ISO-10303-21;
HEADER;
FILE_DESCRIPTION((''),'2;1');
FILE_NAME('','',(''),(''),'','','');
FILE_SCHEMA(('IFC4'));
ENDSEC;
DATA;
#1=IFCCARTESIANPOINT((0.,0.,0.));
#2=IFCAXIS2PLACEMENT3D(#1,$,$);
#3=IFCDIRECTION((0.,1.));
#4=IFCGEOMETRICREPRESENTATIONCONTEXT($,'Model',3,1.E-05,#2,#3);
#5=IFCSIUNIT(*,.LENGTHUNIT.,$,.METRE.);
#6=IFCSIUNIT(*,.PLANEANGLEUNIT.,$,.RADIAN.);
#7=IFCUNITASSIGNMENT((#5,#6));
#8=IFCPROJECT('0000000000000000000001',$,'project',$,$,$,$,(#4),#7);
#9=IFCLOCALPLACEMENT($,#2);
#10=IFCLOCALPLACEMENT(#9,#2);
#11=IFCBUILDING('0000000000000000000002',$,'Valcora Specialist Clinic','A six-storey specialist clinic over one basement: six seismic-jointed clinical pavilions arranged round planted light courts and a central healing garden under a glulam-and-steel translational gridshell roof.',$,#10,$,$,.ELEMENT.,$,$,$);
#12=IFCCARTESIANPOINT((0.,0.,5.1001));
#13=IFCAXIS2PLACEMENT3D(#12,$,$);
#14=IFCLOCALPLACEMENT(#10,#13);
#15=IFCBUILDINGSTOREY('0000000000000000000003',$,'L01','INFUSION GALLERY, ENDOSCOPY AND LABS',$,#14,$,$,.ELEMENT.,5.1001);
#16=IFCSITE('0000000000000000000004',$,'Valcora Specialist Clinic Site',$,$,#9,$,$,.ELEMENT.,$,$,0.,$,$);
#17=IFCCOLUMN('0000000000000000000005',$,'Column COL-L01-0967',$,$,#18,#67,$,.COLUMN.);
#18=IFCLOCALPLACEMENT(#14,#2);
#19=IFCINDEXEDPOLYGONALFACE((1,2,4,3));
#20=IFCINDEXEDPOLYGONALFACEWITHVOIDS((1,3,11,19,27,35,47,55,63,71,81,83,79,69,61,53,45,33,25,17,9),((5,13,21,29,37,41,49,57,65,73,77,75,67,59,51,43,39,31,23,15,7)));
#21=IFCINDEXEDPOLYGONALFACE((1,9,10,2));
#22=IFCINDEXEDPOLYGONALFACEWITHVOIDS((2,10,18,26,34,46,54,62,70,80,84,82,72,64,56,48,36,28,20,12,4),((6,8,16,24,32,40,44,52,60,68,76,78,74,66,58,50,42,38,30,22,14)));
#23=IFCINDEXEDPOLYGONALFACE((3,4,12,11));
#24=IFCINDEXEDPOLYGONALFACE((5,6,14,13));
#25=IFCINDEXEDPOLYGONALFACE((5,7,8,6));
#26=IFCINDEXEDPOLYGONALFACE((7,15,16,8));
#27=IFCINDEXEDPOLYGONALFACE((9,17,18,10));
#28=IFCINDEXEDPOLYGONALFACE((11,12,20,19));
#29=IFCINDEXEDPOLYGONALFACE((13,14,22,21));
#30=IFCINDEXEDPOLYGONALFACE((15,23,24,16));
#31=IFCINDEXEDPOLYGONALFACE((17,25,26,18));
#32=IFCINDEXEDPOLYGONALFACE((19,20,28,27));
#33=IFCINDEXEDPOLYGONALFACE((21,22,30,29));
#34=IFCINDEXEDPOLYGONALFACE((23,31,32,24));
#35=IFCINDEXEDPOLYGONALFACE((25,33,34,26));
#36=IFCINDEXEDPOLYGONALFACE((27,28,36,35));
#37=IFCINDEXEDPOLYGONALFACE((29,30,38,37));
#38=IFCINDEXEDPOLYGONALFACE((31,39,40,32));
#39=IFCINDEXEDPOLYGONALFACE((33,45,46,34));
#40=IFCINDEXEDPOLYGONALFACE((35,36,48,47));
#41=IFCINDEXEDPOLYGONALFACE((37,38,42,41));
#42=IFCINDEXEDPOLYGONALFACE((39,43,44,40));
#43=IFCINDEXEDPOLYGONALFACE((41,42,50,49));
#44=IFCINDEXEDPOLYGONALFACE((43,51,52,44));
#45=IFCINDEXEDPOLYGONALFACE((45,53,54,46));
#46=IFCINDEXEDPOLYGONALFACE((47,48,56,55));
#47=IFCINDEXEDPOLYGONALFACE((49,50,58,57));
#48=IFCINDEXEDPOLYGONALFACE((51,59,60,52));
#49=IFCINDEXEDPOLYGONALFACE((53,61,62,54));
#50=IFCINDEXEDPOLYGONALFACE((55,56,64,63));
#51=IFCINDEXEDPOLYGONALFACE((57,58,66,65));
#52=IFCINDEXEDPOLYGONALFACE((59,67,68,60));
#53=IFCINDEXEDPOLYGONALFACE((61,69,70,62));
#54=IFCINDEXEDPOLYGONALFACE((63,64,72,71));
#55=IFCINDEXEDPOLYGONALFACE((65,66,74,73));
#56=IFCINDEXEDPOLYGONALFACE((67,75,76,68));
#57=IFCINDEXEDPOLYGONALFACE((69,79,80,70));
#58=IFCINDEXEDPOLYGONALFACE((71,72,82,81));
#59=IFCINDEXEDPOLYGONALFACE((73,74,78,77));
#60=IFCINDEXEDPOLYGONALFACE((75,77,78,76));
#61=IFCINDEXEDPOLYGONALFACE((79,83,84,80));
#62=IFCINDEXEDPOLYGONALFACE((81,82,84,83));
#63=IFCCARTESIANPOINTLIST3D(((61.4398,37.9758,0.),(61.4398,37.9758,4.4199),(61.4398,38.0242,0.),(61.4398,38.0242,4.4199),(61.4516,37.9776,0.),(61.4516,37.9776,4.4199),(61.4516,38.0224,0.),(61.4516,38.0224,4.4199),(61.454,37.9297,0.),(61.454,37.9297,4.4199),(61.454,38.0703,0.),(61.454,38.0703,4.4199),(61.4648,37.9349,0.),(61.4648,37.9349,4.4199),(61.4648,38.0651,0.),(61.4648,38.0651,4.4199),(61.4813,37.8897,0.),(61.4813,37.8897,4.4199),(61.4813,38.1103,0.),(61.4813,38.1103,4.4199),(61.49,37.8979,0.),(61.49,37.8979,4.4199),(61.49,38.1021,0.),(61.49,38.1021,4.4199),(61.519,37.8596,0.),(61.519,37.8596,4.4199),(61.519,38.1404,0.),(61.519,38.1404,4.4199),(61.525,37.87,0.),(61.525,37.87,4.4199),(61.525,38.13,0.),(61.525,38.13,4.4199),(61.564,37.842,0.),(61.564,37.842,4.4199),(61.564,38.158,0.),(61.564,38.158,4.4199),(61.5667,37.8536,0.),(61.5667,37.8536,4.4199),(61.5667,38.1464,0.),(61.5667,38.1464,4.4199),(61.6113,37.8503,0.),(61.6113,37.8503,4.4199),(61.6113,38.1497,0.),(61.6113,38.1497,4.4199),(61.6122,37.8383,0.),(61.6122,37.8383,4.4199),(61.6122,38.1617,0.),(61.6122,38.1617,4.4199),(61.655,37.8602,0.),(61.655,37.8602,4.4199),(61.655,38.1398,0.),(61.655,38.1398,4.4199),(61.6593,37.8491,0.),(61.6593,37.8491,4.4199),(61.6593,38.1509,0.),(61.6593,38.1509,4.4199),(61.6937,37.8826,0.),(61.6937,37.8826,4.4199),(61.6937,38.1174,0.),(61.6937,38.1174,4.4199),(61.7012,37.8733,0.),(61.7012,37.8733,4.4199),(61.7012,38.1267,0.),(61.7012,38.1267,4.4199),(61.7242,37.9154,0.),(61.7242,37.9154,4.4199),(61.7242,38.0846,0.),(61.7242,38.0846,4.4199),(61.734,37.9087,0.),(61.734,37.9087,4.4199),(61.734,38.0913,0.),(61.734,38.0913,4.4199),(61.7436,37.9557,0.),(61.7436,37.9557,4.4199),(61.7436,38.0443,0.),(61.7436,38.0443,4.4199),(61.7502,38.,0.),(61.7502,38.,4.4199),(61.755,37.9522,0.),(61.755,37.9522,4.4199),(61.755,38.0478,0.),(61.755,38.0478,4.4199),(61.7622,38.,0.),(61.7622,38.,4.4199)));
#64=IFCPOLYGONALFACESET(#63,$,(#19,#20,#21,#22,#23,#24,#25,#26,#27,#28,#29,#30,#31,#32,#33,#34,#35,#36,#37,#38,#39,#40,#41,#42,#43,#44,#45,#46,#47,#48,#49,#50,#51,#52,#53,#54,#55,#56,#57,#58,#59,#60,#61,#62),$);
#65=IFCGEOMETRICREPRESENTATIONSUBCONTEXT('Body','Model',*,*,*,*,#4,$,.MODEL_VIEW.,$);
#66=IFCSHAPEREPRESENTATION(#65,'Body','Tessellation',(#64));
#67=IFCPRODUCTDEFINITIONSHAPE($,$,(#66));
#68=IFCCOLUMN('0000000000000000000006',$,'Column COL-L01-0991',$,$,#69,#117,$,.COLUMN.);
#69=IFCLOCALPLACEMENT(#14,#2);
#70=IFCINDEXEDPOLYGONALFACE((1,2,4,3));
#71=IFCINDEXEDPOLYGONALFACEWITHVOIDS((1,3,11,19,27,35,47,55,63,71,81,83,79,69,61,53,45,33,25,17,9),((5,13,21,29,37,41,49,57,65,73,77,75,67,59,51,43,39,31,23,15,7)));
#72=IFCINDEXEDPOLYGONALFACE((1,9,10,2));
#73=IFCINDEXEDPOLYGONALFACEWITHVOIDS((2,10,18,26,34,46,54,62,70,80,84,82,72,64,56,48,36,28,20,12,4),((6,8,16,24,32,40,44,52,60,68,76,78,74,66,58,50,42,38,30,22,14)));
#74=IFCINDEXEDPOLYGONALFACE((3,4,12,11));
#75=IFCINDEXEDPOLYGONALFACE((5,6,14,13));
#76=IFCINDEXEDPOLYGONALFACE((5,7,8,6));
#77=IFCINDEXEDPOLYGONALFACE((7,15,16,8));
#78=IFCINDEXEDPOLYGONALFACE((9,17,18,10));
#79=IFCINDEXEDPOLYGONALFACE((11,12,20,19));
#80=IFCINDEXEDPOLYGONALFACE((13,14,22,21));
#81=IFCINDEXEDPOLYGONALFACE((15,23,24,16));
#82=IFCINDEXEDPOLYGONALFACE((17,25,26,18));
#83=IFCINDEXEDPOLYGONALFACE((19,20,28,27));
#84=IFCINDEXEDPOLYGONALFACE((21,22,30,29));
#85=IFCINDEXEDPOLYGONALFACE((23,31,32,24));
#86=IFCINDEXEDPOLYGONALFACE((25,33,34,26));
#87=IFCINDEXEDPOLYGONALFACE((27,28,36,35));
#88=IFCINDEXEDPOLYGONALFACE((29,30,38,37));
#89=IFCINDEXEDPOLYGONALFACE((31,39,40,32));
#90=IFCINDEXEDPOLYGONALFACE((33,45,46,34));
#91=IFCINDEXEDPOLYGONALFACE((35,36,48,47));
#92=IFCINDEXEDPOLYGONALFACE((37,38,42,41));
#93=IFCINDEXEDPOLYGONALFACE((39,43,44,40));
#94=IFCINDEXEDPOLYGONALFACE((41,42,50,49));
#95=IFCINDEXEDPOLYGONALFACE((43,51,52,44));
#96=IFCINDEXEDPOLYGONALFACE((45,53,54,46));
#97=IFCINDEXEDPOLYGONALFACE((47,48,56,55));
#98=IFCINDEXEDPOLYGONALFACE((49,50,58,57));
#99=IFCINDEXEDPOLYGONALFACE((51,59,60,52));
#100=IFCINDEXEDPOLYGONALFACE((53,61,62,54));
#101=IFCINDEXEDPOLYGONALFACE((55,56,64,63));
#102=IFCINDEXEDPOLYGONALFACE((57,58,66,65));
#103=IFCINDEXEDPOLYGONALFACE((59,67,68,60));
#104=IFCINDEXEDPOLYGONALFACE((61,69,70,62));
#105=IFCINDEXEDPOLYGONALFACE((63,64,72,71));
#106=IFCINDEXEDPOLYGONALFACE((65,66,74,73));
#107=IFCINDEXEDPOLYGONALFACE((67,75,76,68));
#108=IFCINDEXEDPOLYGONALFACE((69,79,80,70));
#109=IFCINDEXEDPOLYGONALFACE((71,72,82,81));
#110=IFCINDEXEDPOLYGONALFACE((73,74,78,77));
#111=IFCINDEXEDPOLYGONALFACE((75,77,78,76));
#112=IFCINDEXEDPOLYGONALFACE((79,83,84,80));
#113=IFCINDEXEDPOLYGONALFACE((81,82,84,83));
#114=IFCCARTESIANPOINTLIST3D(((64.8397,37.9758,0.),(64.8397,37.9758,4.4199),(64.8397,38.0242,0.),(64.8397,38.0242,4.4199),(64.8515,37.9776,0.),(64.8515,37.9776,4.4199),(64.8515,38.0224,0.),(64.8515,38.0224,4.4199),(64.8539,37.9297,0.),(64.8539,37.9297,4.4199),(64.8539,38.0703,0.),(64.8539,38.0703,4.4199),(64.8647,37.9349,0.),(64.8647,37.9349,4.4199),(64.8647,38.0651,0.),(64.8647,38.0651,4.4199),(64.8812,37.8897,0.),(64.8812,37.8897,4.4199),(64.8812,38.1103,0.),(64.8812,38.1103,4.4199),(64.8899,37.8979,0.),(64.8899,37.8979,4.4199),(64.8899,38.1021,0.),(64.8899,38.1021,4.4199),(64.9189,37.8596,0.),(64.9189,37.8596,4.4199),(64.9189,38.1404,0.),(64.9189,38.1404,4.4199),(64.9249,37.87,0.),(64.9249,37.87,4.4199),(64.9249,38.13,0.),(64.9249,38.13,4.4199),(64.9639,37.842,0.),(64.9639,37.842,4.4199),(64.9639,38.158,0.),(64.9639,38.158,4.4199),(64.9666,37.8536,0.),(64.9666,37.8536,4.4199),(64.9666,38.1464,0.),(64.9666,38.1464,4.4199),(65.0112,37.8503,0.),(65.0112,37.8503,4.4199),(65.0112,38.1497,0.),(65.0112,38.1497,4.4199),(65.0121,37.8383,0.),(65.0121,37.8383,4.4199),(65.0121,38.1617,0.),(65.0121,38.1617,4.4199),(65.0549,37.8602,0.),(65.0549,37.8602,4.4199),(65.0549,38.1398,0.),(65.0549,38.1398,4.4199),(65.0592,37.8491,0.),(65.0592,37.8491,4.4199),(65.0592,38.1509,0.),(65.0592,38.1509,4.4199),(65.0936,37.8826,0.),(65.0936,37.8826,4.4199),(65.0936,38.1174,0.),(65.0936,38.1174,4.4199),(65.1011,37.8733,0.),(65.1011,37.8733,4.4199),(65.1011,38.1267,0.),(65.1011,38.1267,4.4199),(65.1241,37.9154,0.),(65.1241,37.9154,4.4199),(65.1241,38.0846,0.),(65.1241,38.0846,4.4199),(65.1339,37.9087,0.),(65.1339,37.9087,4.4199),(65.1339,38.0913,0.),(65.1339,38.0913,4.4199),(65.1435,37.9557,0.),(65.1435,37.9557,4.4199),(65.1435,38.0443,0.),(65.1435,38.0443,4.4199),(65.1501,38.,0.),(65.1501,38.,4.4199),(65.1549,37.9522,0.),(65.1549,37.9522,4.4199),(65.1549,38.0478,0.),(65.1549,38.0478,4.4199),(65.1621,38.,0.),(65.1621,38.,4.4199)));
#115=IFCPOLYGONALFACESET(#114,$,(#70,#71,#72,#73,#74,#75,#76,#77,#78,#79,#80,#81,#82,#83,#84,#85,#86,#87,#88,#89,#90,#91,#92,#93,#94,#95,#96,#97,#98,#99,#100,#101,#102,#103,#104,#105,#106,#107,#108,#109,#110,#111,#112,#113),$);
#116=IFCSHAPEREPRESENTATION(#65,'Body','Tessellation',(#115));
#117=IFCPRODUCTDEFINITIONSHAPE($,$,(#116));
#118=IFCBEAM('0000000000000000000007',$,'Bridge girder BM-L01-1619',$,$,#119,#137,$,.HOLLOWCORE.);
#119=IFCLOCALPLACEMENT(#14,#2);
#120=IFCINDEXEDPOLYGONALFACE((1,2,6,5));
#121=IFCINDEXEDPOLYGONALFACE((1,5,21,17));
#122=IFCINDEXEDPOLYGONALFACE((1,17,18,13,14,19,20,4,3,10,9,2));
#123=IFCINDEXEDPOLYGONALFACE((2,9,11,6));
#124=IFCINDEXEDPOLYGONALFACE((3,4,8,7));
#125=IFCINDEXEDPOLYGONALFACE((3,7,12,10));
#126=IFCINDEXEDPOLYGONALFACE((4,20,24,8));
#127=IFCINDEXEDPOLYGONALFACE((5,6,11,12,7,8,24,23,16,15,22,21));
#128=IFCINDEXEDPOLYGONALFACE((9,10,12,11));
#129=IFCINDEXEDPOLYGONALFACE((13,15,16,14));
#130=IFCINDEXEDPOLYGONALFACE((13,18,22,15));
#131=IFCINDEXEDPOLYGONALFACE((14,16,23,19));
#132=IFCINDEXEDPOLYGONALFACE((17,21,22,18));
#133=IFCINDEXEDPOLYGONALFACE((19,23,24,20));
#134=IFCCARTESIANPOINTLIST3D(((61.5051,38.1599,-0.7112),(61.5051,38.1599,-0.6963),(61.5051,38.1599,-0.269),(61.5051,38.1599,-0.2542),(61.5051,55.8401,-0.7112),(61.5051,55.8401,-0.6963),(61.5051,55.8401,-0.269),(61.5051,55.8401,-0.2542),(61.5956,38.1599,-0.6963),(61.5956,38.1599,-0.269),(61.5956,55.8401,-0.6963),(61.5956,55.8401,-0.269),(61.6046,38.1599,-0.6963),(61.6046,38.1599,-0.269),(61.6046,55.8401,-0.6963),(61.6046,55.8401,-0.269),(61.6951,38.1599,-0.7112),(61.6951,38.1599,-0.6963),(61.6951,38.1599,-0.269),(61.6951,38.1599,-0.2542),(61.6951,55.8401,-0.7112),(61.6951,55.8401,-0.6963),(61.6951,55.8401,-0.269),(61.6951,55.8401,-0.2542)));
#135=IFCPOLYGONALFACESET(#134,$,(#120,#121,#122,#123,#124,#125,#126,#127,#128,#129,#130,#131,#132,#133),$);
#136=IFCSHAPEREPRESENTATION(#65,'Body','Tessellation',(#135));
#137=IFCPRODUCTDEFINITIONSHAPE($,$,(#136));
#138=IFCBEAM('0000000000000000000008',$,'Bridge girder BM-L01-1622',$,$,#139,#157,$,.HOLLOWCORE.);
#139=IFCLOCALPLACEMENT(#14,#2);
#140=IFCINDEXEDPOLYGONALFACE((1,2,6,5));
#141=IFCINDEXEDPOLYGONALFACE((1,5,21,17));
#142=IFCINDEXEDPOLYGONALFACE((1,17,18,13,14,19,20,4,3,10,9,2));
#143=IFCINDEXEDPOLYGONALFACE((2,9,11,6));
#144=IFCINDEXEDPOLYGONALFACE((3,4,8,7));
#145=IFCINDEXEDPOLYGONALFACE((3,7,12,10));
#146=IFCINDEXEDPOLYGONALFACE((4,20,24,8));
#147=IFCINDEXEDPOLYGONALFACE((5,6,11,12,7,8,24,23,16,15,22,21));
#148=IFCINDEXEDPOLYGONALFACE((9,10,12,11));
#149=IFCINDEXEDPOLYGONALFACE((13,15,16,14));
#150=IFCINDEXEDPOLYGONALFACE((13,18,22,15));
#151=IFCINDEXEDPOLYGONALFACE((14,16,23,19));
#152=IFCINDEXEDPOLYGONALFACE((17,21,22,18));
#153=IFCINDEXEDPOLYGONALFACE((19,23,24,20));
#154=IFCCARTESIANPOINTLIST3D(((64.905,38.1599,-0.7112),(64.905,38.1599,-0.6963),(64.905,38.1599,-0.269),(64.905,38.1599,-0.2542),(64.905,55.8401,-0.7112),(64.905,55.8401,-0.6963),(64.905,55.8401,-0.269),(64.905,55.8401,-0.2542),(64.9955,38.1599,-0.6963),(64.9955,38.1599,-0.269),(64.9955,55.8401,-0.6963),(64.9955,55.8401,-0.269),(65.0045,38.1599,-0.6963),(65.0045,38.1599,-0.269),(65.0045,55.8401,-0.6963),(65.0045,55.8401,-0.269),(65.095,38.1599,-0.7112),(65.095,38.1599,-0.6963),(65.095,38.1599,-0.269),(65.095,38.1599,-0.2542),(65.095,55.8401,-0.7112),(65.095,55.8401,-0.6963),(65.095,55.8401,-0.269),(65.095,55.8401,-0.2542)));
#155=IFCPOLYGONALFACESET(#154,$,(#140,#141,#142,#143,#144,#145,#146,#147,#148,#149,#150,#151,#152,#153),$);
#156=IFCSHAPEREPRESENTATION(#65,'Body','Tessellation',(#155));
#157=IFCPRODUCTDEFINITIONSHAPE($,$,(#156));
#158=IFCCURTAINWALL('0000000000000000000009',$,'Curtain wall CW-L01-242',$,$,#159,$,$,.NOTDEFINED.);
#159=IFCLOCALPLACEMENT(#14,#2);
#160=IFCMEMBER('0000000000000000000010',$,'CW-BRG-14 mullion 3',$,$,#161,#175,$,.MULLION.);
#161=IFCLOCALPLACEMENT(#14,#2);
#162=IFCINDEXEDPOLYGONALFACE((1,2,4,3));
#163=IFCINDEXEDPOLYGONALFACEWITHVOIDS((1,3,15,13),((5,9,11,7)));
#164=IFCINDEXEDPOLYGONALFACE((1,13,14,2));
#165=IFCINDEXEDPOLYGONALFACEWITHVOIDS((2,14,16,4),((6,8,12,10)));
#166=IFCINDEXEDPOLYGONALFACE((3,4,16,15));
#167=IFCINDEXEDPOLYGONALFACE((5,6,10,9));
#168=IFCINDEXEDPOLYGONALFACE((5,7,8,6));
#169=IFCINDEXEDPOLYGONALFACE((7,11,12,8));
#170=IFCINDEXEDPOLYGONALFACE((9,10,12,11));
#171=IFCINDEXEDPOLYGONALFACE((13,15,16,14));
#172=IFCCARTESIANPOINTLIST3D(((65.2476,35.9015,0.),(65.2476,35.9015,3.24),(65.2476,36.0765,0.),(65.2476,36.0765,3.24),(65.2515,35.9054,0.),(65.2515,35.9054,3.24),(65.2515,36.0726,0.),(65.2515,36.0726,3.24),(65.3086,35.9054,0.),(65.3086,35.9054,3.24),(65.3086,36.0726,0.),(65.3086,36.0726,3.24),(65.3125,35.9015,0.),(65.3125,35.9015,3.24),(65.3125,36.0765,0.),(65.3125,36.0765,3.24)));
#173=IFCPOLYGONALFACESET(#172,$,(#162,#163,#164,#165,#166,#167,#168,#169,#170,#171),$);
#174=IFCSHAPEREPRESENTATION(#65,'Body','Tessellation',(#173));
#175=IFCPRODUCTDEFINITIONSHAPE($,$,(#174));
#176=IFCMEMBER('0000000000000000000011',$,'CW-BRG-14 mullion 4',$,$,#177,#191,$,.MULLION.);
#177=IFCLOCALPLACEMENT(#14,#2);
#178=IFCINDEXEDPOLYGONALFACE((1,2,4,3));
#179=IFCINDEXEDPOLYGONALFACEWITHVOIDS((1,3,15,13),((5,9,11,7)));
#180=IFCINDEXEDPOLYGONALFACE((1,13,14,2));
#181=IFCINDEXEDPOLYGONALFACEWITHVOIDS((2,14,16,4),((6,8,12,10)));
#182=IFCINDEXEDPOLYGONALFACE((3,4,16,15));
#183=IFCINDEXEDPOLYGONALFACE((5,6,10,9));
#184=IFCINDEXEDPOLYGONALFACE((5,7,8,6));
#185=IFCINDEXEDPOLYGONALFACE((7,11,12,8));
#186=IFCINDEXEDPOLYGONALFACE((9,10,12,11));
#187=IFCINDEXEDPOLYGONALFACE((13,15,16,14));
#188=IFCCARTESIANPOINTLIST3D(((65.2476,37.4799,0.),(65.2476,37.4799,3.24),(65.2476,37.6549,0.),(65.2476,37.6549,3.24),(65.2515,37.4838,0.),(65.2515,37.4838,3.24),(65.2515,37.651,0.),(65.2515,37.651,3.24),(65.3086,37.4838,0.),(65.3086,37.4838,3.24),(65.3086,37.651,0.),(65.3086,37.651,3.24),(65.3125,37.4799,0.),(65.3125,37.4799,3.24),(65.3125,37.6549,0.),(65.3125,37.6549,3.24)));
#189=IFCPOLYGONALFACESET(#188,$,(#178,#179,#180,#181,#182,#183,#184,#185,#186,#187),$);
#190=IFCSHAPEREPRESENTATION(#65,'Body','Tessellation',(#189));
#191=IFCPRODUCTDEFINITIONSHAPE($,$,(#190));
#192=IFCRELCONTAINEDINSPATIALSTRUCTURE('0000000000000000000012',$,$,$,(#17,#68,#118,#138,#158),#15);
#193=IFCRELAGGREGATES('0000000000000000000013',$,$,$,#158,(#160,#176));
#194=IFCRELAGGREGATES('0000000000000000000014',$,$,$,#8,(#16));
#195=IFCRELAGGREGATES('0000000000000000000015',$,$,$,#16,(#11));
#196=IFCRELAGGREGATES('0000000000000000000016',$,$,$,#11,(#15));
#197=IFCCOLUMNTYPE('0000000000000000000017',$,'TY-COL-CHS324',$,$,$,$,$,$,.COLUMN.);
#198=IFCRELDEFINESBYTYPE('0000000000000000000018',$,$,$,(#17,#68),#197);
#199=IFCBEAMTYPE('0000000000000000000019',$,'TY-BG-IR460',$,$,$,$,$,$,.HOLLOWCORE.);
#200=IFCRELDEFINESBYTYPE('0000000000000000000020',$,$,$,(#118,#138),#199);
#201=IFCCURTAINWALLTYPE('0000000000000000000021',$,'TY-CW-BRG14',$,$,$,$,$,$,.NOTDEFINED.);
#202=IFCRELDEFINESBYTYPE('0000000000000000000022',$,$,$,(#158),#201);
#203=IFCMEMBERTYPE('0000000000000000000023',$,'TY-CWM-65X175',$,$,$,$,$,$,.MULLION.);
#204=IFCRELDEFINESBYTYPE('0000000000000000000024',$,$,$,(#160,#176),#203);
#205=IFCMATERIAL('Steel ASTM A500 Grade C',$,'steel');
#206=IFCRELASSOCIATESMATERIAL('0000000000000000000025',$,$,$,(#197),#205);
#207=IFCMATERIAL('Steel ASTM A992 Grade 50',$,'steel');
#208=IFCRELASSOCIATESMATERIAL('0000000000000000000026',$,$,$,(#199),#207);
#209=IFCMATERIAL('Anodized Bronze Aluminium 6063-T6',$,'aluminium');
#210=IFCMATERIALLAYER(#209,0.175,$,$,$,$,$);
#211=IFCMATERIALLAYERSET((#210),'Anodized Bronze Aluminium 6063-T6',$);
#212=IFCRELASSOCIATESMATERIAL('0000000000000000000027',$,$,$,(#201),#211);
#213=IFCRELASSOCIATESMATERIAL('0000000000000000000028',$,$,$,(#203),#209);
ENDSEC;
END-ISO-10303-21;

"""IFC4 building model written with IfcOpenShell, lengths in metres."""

from ifc_helpers import new_model, si_unit, direction, frame, origin, origin_2d, place, context, subcontext, project, spatial, hollow_rectangle, hollow_circle, i_section, extrude, material, layer, layer_set, material_profile, profile_set, type_object, element, aggregate, save


model = new_model("IFC4")

# Units and contexts
model_context = context("Model", 3, precision=1e-05, world=origin(), true_north=direction((0.0, 1.0)))
body_context = subcontext(model_context, "Body", "Model", "MODEL_VIEW")
ifc_project = project(units=[si_unit("LENGTHUNIT", "METRE"), si_unit("PLANEANGLEUNIT", "RADIAN")], contexts=[model_context])

# Site, building, storey
site_placement = place(None, origin())
site = spatial("IfcSite", under=ifc_project, at=site_placement, Name="Valcora Specialist Clinic Site", CompositionType="ELEMENT", RefElevation=0.0)
building_placement = place(site_placement, origin())
building = spatial("IfcBuilding", under=site, at=building_placement, Name="Valcora Specialist Clinic", Description="A six-storey specialist clinic over one basement: six seismic-jointed clinical pavilions arranged round planted light courts and a central healing garden under a glulam-and-steel translational gridshell roof.", CompositionType="ELEMENT")
storey_placement = place(building_placement, frame((0.0, 0.0, 5.1001)))
storey = spatial("IfcBuildingStorey", under=building, at=storey_placement, Name="L01", Description="INFUSION GALLERY, ENDOSCOPY AND LABS", CompositionType="ELEMENT", Elevation=5.1001)

# Columns
ifc_material_1 = material(Name="Steel ASTM A500 Grade C", Category="steel")
ifc_material_profile_1 = material_profile(ifc_material_1, hollow_circle(Radius=0.1621, WallThickness=0.012, at=origin_2d()), Name="ST-CHS-324X12")
ifc_profile_set_1 = profile_set([ifc_material_profile_1], Name="Steel ASTM A500 Grade C")
column_type = type_object("IfcColumnType", Name="TY-COL-CHS324", PredefinedType="COLUMN", material=ifc_profile_set_1)
for number, where, z_axis, x_axis, name in (
    (1, (61.6001, 38.0, 0.0), (0.0, 0.0, 1.0), (1.0, 0.0, 0.0), "Column COL-L01-0967"),
    (2, (65.0, 38.0, 0.0), (0.0, 0.0, 1.0), (1.0, 0.0, 0.0), "Column COL-L01-0991"),
):
    element("IfcColumn", number, at=place(storey_placement, frame(where, z_axis=z_axis, x_axis=x_axis)), inside=storey, type_object=column_type, Name=name, PredefinedType="COLUMN", context=body_context, shape_type="SweptSolid", body=[
        extrude(hollow_circle(Radius=0.1621, WallThickness=0.012, at=origin_2d()), origin(), (0.0, 0.0, 1.0), 4.4199),
    ])

# Beams
ifc_material_2 = material(Name="Steel ASTM A992 Grade 50", Category="steel")
ifc_material_profile_2 = material_profile(ifc_material_2, i_section(OverallWidth=0.1899, OverallDepth=0.457, WebThickness=0.009, FlangeThickness=0.0149, at=origin_2d()), Name="ST-IR-460X190")
ifc_profile_set_2 = profile_set([ifc_material_profile_2], Name="Steel ASTM A992 Grade 50")
beam_type = type_object("IfcBeamType", Name="TY-BG-IR460", PredefinedType="HOLLOWCORE", material=ifc_profile_set_2)
for number, where, z_axis, x_axis, name in (
    (3, (61.6001, 38.1599, -0.4827), (0.0, 1.0, 0.0), (-1.0, 0.0, 0.0), "Bridge girder BM-L01-1619"),
    (4, (65.0, 38.1599, -0.4827), (0.0, 1.0, 0.0), (-1.0, 0.0, 0.0), "Bridge girder BM-L01-1622"),
):
    element("IfcBeam", number, at=place(storey_placement, frame(where, z_axis=z_axis, x_axis=x_axis)), inside=storey, type_object=beam_type, Name=name, PredefinedType="HOLLOWCORE", context=body_context, shape_type="SweptSolid", body=[
        extrude(i_section(OverallWidth=0.1899, OverallDepth=0.457, WebThickness=0.009, FlangeThickness=0.0149, at=origin_2d()), origin(), (0.0, 0.0, 1.0), 17.6802),
    ])

# Curtain wall, members
ifc_material_3 = material(Name="Anodized Bronze Aluminium 6063-T6", Category="aluminium")
ifc_layer_1 = layer(ifc_material_3, 0.175)
ifc_layer_set_1 = layer_set([ifc_layer_1], Name="Anodized Bronze Aluminium 6063-T6")
curtain_wall_type = type_object("IfcCurtainWallType", Name="TY-CW-BRG14", PredefinedType="NOTDEFINED", material=ifc_layer_set_1)
curtain_wall_1_placement = place(storey_placement, origin())
curtain_wall_1 = element("IfcCurtainWall", 5, at=curtain_wall_1_placement, inside=storey, type_object=curtain_wall_type, Name="Curtain wall CW-L01-242", PredefinedType="NOTDEFINED")
ifc_material_profile_3 = material_profile(ifc_material_3, hollow_rectangle(XDim=0.0649, YDim=0.175, WallThickness=0.0039, at=origin_2d()), Name="AL-MUL-65X175")
ifc_profile_set_3 = profile_set([ifc_material_profile_3], Name="Anodized Bronze Aluminium 6063-T6")
member_type_1 = type_object("IfcMemberType", Name="TY-CWM-65X175", PredefinedType="MULLION", material=ifc_profile_set_3)
member_1_placement = place(storey_placement, frame((65.28, 35.989, 0.0), z_axis=(0.0, 0.0, 1.0), x_axis=(-1.0, 0.0, 0.0)))
member_1 = element("IfcMember", 6, at=member_1_placement, type_object=member_type_1, Name="CW-BRG-14 mullion 3", PredefinedType="MULLION", context=body_context, shape_type="SweptSolid", body=[
    extrude(hollow_rectangle(XDim=0.0649, YDim=0.175, WallThickness=0.0039, at=origin_2d()), origin(), (0.0, 0.0, 1.0), 3.24),
])
member_2_placement = place(storey_placement, frame((65.28, 37.5674, 0.0), z_axis=(0.0, 0.0, 1.0), x_axis=(-1.0, 0.0, 0.0)))
member_2 = element("IfcMember", 7, at=member_2_placement, type_object=member_type_1, Name="CW-BRG-14 mullion 4", PredefinedType="MULLION", context=body_context, shape_type="SweptSolid", body=[
    extrude(hollow_rectangle(XDim=0.0649, YDim=0.175, WallThickness=0.0039, at=origin_2d()), origin(), (0.0, 0.0, 1.0), 3.24),
])

aggregate(curtain_wall_1, [member_1, member_2])

save(model, "model.ifc")
